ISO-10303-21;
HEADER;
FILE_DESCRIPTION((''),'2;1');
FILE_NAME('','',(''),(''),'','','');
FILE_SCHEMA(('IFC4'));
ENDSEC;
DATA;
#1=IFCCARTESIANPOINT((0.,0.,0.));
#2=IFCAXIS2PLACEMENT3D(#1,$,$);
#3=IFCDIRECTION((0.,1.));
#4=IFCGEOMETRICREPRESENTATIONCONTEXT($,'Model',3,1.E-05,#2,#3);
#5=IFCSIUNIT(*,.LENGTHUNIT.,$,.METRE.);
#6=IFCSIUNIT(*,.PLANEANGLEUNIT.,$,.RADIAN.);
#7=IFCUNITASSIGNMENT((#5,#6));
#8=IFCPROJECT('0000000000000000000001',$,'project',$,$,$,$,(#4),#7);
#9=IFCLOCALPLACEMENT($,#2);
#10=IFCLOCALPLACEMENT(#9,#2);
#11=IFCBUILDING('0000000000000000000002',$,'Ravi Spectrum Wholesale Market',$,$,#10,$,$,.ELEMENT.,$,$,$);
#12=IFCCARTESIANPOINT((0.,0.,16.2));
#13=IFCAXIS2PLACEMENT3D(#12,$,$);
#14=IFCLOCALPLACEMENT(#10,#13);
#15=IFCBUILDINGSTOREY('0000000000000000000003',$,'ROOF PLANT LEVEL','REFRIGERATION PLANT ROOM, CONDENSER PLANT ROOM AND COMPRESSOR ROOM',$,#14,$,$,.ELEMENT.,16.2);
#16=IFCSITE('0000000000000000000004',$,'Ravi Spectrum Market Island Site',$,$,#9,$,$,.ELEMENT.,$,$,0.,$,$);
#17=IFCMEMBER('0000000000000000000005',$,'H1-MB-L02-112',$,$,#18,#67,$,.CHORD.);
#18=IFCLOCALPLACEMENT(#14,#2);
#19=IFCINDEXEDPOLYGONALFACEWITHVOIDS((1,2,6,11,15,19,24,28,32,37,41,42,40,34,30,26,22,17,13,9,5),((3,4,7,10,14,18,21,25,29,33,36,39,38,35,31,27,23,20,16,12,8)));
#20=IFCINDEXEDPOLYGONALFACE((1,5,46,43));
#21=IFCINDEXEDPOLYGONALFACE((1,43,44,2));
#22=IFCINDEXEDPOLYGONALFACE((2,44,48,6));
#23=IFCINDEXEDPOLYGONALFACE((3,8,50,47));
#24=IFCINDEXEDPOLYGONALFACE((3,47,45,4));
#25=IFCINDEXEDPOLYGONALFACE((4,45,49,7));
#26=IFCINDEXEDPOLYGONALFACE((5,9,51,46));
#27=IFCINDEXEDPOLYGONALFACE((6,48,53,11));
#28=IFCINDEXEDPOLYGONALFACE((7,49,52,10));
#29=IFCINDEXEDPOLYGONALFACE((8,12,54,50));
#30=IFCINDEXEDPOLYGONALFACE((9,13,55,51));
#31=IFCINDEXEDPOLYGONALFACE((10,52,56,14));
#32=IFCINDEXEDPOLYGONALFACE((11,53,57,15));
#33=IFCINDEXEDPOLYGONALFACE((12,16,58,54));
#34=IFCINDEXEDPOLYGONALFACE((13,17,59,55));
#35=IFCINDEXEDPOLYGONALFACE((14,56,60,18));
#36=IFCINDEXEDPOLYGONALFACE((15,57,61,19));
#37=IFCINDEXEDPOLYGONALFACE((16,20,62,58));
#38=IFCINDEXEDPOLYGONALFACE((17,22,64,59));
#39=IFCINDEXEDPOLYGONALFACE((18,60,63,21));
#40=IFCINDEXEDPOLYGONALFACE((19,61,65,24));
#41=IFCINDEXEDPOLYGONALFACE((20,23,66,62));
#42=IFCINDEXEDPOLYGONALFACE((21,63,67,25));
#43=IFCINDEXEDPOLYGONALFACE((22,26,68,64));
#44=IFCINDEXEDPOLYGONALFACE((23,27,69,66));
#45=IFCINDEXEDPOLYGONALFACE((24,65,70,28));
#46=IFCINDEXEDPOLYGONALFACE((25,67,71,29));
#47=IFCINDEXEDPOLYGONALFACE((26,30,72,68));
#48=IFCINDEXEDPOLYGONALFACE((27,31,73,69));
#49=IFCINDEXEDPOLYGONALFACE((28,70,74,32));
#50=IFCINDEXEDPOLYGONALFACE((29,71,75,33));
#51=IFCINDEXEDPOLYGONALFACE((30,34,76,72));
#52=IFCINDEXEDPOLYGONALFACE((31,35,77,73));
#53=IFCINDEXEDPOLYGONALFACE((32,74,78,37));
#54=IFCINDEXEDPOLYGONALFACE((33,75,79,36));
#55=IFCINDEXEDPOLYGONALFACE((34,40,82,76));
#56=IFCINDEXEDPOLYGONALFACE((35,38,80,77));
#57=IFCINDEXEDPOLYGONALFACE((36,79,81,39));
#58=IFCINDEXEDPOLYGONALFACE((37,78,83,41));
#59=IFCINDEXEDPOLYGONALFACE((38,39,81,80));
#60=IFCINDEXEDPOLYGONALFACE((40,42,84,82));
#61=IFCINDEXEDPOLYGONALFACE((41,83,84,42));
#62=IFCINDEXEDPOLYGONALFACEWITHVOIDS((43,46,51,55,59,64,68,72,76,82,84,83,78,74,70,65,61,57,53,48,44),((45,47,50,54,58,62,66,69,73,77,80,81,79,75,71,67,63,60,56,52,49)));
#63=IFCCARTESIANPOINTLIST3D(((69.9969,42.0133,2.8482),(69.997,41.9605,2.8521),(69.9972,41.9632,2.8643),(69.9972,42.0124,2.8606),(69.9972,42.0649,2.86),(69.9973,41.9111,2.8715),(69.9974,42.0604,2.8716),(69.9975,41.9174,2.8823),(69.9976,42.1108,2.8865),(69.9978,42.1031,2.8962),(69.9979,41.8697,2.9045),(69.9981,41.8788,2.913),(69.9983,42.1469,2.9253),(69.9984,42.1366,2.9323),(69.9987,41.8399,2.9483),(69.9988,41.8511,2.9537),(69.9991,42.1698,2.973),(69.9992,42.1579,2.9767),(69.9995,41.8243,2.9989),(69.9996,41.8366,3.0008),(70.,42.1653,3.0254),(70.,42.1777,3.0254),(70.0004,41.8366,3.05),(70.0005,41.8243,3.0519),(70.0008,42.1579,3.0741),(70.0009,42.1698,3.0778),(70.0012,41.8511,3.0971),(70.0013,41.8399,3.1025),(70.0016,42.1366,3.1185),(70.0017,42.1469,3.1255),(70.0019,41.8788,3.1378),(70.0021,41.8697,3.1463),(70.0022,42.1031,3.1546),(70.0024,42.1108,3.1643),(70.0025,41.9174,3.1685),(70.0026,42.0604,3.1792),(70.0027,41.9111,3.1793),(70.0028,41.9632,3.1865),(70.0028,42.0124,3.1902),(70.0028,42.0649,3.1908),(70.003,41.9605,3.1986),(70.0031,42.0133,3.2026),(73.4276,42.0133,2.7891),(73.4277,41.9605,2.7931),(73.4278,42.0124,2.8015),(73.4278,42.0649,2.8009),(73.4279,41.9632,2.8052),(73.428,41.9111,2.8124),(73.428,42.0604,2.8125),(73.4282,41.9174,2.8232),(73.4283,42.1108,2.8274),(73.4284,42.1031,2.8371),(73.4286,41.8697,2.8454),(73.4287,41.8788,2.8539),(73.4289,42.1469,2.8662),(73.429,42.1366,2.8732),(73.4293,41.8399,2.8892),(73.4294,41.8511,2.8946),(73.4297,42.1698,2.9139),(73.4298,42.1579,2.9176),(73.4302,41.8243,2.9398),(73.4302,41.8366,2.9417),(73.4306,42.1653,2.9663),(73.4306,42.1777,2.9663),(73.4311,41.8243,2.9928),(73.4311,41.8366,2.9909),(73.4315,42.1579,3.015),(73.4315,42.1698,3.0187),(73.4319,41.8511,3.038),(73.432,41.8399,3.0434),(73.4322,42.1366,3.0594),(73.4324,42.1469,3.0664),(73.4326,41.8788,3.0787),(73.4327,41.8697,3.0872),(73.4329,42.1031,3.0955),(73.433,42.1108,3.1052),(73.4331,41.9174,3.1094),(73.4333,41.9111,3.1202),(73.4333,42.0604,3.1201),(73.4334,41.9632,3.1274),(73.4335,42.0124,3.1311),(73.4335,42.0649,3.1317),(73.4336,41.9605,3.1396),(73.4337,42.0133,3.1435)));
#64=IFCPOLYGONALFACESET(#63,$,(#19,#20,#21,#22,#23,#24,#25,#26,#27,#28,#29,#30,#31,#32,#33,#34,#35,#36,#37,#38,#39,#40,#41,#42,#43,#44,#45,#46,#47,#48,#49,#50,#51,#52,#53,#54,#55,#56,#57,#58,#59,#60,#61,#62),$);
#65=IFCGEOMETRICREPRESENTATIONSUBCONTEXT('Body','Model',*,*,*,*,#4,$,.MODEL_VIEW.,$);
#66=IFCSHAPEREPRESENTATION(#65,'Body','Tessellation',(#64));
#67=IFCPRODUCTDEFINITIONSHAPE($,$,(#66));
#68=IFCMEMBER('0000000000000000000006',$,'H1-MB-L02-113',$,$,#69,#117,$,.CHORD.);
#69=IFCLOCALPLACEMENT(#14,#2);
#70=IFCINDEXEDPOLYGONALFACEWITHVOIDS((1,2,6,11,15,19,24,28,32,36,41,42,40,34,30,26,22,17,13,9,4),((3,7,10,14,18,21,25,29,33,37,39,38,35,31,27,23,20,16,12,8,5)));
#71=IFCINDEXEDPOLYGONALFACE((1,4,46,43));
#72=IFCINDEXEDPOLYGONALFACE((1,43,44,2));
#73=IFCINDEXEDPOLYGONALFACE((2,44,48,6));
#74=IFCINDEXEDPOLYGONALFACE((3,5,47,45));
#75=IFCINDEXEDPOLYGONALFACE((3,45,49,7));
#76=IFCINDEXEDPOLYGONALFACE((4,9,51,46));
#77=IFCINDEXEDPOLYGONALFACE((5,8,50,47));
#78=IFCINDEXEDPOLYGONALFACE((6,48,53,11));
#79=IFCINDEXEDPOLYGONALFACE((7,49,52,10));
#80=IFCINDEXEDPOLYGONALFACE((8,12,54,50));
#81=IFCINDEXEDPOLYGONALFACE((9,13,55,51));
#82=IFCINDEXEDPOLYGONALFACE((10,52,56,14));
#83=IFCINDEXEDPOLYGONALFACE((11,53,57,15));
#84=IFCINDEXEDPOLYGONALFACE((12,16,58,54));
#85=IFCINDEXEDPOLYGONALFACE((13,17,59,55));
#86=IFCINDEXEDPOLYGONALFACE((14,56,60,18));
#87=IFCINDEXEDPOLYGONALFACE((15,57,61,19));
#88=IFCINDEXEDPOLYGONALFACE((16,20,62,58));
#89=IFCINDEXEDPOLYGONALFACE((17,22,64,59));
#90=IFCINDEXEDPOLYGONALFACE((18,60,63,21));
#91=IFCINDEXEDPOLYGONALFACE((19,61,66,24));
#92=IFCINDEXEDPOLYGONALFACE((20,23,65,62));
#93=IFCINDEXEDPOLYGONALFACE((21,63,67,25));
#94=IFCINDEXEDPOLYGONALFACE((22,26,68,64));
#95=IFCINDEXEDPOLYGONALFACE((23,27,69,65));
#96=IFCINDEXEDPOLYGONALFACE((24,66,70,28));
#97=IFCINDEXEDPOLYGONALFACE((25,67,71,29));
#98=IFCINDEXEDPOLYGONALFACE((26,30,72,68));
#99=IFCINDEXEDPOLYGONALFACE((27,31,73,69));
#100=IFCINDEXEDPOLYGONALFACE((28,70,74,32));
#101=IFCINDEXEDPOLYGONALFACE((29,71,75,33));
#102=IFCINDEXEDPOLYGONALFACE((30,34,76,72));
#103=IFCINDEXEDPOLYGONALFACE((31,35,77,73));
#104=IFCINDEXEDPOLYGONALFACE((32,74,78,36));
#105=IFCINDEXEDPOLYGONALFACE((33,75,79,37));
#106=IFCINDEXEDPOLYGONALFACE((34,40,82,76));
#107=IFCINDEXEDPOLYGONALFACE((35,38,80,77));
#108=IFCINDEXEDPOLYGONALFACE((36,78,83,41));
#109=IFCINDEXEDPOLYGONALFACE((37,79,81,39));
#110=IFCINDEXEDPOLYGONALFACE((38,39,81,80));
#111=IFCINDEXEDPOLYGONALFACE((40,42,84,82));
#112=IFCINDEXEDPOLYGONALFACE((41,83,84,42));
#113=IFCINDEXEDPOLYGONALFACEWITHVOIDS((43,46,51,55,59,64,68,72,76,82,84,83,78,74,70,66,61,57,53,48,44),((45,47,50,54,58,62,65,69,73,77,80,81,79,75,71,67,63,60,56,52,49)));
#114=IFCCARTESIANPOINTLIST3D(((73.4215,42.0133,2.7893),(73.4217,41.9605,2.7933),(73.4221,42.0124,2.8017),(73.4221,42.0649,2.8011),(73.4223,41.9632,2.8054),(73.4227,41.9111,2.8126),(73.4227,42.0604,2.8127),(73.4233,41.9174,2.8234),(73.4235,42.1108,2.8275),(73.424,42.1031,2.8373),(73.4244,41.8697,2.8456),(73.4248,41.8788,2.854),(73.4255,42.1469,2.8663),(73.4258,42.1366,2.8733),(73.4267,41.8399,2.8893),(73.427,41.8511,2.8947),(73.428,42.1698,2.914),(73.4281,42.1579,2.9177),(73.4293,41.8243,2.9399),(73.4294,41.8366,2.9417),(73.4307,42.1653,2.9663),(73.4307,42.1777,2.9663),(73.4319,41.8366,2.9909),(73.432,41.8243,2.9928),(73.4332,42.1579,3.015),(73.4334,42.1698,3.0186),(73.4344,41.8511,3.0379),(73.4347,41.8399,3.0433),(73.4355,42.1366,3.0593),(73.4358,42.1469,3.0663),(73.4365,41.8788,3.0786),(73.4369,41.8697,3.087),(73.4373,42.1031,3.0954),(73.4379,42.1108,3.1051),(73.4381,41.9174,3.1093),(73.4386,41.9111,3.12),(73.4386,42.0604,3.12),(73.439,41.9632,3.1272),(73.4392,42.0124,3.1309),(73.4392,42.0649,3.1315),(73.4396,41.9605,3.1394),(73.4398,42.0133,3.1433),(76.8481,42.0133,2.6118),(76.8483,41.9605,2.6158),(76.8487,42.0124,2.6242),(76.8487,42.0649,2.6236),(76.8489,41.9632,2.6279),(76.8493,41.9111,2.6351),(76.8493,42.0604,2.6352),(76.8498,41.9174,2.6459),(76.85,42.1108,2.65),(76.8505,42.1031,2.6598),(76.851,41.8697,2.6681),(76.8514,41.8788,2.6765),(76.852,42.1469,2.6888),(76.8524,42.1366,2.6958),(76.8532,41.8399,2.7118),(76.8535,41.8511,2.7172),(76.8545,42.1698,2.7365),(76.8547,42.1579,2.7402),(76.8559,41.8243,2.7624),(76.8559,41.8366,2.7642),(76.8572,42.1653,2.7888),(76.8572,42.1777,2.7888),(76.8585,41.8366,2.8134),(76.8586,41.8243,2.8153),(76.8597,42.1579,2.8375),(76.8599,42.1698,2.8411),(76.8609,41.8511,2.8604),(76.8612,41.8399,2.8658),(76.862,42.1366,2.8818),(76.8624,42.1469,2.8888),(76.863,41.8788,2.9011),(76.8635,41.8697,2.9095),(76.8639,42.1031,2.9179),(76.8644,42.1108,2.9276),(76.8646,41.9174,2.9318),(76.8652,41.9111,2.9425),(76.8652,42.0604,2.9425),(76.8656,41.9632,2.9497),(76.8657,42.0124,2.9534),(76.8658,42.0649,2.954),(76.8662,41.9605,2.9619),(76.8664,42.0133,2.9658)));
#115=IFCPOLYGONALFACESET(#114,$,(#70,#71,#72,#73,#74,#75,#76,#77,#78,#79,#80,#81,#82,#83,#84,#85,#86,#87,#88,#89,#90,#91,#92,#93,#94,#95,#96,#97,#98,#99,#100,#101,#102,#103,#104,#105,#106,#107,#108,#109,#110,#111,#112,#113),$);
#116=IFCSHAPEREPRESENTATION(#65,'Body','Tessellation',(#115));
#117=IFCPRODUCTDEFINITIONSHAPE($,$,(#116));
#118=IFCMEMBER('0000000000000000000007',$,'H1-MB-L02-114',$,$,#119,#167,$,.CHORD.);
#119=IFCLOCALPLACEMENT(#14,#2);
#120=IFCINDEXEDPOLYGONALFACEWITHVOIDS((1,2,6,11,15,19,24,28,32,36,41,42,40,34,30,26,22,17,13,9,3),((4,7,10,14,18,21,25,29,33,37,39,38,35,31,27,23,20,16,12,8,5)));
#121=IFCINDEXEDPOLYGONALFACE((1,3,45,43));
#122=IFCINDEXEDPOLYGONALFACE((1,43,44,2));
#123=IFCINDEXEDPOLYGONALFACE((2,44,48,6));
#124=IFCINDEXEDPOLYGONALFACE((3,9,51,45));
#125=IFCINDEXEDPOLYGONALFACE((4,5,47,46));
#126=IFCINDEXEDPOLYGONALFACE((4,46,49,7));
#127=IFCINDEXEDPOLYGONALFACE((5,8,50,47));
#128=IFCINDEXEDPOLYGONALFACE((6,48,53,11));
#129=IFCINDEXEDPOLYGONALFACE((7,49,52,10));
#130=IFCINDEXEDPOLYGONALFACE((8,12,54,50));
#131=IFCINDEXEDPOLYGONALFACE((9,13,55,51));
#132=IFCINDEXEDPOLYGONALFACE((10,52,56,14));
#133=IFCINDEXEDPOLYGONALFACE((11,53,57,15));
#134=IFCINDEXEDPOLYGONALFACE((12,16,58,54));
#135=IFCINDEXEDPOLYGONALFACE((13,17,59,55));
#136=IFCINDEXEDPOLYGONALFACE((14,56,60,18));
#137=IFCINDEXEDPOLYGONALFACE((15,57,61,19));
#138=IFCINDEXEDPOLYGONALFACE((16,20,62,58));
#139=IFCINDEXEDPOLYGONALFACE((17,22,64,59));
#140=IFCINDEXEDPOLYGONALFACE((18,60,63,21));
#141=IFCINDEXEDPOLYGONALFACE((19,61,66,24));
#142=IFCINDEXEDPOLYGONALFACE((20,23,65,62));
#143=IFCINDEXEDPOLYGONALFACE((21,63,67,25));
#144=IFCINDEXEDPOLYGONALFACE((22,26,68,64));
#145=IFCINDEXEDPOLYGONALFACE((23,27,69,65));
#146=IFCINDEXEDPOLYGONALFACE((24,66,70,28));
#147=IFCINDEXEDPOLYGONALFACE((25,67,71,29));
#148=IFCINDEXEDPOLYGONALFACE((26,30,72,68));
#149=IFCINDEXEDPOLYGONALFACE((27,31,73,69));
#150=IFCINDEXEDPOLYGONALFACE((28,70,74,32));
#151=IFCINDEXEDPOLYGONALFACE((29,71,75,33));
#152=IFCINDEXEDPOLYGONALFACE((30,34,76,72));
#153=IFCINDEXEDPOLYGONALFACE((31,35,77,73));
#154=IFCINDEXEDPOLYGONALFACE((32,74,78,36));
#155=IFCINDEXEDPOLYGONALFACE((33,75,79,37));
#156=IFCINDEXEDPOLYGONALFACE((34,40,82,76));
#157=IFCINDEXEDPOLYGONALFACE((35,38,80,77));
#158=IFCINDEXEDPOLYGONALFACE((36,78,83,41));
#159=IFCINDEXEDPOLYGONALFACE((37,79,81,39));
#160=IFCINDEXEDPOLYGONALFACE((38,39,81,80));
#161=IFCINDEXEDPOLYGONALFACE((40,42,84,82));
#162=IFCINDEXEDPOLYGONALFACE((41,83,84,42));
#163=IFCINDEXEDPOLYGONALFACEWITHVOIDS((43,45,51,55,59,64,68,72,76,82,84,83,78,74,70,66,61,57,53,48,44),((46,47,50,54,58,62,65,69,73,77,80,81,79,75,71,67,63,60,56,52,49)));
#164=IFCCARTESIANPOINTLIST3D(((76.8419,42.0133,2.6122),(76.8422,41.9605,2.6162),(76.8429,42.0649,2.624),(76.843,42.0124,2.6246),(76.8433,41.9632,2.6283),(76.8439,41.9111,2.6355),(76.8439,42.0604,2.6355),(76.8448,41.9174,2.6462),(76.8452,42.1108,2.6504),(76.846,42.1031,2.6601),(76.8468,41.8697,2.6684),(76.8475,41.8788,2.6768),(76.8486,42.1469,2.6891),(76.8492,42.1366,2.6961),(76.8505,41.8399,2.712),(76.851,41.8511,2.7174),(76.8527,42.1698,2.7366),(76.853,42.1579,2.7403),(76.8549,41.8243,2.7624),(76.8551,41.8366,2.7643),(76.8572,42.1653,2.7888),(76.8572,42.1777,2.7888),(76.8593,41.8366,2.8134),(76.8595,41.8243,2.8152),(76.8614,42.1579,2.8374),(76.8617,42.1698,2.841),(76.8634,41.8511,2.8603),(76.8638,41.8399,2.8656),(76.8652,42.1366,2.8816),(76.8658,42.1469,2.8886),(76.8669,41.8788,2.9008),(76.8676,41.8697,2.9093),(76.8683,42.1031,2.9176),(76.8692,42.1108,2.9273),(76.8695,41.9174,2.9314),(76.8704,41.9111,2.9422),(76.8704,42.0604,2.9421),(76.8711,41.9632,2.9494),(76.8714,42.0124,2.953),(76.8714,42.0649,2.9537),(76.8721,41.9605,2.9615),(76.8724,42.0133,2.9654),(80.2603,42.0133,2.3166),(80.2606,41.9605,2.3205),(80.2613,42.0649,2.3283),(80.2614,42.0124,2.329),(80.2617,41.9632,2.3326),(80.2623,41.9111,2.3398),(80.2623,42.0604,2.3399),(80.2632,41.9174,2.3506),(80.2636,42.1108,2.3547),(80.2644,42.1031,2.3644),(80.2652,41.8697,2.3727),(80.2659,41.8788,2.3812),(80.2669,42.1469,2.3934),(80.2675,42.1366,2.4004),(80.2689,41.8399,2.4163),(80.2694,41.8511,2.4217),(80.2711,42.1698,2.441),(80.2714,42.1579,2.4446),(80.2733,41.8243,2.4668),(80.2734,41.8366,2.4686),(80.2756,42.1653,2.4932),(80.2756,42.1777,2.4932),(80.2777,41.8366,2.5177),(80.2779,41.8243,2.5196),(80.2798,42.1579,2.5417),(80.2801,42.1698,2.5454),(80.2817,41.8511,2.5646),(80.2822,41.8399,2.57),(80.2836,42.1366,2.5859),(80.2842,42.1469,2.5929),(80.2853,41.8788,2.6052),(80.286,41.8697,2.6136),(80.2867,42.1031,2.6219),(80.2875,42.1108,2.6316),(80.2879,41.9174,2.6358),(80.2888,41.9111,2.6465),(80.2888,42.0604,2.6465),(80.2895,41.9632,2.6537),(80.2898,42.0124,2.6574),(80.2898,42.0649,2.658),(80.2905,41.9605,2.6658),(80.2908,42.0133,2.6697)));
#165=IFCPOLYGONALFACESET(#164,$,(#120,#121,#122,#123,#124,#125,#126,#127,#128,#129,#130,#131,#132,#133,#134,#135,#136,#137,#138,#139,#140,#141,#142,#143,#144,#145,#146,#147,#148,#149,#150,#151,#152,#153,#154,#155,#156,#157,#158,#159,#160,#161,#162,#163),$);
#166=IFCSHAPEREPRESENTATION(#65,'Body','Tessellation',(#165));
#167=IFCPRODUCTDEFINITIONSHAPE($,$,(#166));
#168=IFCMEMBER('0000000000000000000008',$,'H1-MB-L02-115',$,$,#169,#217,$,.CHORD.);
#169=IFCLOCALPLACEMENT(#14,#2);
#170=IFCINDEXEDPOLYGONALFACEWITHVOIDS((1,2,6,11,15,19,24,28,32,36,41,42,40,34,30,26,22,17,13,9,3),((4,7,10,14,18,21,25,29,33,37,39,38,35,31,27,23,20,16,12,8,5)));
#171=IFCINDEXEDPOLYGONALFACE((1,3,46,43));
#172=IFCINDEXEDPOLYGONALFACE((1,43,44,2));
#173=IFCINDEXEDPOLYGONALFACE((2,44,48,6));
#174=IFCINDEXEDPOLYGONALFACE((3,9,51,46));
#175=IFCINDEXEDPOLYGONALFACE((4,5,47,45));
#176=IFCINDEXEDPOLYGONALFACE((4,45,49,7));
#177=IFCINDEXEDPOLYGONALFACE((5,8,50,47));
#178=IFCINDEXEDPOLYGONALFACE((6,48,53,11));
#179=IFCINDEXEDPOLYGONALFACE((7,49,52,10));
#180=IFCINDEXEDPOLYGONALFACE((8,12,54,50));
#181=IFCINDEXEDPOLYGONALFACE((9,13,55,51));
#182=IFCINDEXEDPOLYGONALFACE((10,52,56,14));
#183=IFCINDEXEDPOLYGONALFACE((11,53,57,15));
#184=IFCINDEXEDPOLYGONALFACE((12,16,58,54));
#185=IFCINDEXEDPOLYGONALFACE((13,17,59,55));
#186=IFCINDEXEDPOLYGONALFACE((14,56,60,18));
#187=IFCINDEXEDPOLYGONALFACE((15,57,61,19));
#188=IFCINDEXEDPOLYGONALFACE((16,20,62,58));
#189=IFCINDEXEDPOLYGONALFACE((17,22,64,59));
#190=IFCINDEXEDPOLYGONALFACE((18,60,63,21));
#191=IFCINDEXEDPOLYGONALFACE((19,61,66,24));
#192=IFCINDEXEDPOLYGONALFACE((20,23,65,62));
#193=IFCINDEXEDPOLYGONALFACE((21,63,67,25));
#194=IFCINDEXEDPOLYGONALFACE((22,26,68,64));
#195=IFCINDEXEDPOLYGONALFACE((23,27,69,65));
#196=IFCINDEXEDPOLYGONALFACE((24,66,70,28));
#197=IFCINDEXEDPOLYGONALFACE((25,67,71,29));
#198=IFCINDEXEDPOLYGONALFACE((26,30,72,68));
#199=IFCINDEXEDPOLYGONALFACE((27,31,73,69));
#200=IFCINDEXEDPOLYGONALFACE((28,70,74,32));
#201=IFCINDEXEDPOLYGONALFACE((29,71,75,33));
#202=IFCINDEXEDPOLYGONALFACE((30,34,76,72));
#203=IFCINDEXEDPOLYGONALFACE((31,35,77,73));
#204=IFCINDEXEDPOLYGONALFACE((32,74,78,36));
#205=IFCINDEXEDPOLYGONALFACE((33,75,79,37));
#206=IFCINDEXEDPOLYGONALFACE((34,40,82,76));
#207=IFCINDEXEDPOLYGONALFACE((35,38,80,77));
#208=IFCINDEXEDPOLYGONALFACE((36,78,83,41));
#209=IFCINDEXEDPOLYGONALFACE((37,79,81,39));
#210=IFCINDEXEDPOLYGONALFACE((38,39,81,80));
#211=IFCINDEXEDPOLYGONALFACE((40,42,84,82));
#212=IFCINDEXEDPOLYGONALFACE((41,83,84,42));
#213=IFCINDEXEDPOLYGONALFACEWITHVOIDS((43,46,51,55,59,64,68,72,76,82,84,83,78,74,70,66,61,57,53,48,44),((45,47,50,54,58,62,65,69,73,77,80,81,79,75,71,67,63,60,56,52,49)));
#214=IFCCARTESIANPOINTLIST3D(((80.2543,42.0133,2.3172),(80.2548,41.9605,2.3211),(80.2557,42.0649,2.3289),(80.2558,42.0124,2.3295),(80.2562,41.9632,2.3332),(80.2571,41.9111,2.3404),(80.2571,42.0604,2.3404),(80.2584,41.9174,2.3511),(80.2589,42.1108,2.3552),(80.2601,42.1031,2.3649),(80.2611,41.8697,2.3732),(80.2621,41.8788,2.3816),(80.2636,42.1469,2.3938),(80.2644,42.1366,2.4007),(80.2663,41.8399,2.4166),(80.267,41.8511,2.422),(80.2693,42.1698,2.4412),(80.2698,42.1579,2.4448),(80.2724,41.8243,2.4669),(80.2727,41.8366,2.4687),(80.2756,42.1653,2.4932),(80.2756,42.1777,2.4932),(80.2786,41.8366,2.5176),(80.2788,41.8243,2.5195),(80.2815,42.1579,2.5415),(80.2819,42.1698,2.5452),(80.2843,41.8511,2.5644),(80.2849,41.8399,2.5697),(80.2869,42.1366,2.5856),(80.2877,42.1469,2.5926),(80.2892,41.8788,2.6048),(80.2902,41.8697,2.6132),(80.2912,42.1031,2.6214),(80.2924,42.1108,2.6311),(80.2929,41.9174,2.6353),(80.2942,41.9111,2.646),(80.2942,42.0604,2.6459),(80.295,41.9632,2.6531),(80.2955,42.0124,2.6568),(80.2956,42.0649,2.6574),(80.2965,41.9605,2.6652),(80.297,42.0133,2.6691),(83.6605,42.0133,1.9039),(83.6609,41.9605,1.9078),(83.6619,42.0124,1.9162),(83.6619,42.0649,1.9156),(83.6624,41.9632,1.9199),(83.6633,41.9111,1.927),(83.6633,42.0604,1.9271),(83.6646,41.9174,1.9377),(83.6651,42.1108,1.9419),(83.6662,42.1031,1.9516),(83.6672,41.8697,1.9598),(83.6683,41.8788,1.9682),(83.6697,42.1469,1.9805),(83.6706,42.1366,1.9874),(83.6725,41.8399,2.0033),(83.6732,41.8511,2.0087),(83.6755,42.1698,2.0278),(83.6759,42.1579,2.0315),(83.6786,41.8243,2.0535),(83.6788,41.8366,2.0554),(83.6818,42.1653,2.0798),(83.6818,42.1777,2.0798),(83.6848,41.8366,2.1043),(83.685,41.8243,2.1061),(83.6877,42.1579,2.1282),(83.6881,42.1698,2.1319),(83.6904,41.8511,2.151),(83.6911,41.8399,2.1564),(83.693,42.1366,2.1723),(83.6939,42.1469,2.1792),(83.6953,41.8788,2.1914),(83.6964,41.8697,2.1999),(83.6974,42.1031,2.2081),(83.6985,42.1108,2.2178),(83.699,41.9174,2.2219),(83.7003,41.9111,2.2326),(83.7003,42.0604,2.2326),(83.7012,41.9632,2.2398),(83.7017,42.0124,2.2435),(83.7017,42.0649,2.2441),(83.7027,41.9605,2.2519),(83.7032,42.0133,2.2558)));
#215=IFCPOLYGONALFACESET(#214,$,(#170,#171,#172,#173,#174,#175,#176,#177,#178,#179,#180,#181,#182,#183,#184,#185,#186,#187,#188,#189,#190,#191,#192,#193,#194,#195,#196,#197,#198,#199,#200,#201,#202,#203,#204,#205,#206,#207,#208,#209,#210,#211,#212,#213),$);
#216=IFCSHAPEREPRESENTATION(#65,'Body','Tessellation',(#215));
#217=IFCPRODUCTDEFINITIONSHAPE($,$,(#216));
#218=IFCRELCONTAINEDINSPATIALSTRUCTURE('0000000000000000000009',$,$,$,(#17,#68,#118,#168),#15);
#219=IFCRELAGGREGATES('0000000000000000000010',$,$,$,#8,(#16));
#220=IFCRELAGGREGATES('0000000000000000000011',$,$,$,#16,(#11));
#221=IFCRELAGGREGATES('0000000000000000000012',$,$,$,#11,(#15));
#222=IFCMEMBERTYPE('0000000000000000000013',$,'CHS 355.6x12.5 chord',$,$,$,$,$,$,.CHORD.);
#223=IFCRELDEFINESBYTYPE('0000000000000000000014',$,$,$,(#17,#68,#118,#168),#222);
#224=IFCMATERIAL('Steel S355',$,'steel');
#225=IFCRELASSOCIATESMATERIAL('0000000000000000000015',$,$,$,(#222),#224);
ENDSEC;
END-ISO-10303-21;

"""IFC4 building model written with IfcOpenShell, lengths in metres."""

from ifc_helpers import new_model, si_unit, direction, frame, origin, origin_2d, place, context, subcontext, project, spatial, hollow_circle, extrude, material, material_profile, profile_set, type_object, element, save


model = new_model("IFC4")

# Units and contexts
model_context = context("Model", 3, precision=1e-05, world=origin(), true_north=direction((0.0, 1.0)))
body_context = subcontext(model_context, "Body", "Model", "MODEL_VIEW")
ifc_project = project(units=[si_unit("LENGTHUNIT", "METRE"), si_unit("PLANEANGLEUNIT", "RADIAN")], contexts=[model_context])

# Site, building, storey
site_placement = place(None, origin())
site = spatial("IfcSite", under=ifc_project, at=site_placement, Name="Ravi Spectrum Market Island Site", CompositionType="ELEMENT", RefElevation=0.0)
building_placement = place(site_placement, origin())
building = spatial("IfcBuilding", under=site, at=building_placement, Name="Ravi Spectrum Wholesale Market", CompositionType="ELEMENT")
storey_placement = place(building_placement, frame((0.0, 0.0, 16.2)))
storey = spatial("IfcBuildingStorey", under=building, at=storey_placement, Name="ROOF PLANT LEVEL", Description="REFRIGERATION PLANT ROOM, CONDENSER PLANT ROOM AND COMPRESSOR ROOM", CompositionType="ELEMENT", Elevation=16.2)

# Members
ifc_material_1 = material(Name="Steel S355", Category="steel")
ifc_material_profile_1 = material_profile(ifc_material_1, hollow_circle(Radius=0.1777, WallThickness=0.0125, at=origin_2d()))
ifc_profile_set_1 = profile_set([ifc_material_profile_1], Name="Steel S355")
member_type_1 = type_object("IfcMemberType", Name="CHS 355.6x12.5 chord", PredefinedType="CHORD", material=ifc_profile_set_1)
for number, where, z_axis, x_axis, name in (
    (1, (70.0, 42.0, 3.0254), (0.999852, 0.0, -0.017219), (0.0, 1.0, 0.0), "H1-MB-L02-112"),
    (2, (73.4307, 42.0, 2.9663), (0.998661, 0.0, -0.05173), (0.0, 1.0, 0.0), "H1-MB-L02-113"),
    (3, (76.8572, 42.0, 2.7888), (0.996281, 0.0, -0.086166), (0.0, 1.0, 0.0), "H1-MB-L02-114"),
    (4, (80.2756, 42.0, 2.4932), (0.992718, 0.0, -0.120461), (0.0, 1.0, 0.0), "H1-MB-L02-115"),
):
    element("IfcMember", number, at=place(storey_placement, frame(where, z_axis=z_axis, x_axis=x_axis)), inside=storey, type_object=member_type_1, Name=name, PredefinedType="CHORD", context=body_context, shape_type="SweptSolid", body=[
        extrude(hollow_circle(Radius=0.1777, WallThickness=0.0125, at=origin_2d()), origin(), (0.0, 0.0, 1.0), 3.4312),
    ])

save(model, "model.ifc")
